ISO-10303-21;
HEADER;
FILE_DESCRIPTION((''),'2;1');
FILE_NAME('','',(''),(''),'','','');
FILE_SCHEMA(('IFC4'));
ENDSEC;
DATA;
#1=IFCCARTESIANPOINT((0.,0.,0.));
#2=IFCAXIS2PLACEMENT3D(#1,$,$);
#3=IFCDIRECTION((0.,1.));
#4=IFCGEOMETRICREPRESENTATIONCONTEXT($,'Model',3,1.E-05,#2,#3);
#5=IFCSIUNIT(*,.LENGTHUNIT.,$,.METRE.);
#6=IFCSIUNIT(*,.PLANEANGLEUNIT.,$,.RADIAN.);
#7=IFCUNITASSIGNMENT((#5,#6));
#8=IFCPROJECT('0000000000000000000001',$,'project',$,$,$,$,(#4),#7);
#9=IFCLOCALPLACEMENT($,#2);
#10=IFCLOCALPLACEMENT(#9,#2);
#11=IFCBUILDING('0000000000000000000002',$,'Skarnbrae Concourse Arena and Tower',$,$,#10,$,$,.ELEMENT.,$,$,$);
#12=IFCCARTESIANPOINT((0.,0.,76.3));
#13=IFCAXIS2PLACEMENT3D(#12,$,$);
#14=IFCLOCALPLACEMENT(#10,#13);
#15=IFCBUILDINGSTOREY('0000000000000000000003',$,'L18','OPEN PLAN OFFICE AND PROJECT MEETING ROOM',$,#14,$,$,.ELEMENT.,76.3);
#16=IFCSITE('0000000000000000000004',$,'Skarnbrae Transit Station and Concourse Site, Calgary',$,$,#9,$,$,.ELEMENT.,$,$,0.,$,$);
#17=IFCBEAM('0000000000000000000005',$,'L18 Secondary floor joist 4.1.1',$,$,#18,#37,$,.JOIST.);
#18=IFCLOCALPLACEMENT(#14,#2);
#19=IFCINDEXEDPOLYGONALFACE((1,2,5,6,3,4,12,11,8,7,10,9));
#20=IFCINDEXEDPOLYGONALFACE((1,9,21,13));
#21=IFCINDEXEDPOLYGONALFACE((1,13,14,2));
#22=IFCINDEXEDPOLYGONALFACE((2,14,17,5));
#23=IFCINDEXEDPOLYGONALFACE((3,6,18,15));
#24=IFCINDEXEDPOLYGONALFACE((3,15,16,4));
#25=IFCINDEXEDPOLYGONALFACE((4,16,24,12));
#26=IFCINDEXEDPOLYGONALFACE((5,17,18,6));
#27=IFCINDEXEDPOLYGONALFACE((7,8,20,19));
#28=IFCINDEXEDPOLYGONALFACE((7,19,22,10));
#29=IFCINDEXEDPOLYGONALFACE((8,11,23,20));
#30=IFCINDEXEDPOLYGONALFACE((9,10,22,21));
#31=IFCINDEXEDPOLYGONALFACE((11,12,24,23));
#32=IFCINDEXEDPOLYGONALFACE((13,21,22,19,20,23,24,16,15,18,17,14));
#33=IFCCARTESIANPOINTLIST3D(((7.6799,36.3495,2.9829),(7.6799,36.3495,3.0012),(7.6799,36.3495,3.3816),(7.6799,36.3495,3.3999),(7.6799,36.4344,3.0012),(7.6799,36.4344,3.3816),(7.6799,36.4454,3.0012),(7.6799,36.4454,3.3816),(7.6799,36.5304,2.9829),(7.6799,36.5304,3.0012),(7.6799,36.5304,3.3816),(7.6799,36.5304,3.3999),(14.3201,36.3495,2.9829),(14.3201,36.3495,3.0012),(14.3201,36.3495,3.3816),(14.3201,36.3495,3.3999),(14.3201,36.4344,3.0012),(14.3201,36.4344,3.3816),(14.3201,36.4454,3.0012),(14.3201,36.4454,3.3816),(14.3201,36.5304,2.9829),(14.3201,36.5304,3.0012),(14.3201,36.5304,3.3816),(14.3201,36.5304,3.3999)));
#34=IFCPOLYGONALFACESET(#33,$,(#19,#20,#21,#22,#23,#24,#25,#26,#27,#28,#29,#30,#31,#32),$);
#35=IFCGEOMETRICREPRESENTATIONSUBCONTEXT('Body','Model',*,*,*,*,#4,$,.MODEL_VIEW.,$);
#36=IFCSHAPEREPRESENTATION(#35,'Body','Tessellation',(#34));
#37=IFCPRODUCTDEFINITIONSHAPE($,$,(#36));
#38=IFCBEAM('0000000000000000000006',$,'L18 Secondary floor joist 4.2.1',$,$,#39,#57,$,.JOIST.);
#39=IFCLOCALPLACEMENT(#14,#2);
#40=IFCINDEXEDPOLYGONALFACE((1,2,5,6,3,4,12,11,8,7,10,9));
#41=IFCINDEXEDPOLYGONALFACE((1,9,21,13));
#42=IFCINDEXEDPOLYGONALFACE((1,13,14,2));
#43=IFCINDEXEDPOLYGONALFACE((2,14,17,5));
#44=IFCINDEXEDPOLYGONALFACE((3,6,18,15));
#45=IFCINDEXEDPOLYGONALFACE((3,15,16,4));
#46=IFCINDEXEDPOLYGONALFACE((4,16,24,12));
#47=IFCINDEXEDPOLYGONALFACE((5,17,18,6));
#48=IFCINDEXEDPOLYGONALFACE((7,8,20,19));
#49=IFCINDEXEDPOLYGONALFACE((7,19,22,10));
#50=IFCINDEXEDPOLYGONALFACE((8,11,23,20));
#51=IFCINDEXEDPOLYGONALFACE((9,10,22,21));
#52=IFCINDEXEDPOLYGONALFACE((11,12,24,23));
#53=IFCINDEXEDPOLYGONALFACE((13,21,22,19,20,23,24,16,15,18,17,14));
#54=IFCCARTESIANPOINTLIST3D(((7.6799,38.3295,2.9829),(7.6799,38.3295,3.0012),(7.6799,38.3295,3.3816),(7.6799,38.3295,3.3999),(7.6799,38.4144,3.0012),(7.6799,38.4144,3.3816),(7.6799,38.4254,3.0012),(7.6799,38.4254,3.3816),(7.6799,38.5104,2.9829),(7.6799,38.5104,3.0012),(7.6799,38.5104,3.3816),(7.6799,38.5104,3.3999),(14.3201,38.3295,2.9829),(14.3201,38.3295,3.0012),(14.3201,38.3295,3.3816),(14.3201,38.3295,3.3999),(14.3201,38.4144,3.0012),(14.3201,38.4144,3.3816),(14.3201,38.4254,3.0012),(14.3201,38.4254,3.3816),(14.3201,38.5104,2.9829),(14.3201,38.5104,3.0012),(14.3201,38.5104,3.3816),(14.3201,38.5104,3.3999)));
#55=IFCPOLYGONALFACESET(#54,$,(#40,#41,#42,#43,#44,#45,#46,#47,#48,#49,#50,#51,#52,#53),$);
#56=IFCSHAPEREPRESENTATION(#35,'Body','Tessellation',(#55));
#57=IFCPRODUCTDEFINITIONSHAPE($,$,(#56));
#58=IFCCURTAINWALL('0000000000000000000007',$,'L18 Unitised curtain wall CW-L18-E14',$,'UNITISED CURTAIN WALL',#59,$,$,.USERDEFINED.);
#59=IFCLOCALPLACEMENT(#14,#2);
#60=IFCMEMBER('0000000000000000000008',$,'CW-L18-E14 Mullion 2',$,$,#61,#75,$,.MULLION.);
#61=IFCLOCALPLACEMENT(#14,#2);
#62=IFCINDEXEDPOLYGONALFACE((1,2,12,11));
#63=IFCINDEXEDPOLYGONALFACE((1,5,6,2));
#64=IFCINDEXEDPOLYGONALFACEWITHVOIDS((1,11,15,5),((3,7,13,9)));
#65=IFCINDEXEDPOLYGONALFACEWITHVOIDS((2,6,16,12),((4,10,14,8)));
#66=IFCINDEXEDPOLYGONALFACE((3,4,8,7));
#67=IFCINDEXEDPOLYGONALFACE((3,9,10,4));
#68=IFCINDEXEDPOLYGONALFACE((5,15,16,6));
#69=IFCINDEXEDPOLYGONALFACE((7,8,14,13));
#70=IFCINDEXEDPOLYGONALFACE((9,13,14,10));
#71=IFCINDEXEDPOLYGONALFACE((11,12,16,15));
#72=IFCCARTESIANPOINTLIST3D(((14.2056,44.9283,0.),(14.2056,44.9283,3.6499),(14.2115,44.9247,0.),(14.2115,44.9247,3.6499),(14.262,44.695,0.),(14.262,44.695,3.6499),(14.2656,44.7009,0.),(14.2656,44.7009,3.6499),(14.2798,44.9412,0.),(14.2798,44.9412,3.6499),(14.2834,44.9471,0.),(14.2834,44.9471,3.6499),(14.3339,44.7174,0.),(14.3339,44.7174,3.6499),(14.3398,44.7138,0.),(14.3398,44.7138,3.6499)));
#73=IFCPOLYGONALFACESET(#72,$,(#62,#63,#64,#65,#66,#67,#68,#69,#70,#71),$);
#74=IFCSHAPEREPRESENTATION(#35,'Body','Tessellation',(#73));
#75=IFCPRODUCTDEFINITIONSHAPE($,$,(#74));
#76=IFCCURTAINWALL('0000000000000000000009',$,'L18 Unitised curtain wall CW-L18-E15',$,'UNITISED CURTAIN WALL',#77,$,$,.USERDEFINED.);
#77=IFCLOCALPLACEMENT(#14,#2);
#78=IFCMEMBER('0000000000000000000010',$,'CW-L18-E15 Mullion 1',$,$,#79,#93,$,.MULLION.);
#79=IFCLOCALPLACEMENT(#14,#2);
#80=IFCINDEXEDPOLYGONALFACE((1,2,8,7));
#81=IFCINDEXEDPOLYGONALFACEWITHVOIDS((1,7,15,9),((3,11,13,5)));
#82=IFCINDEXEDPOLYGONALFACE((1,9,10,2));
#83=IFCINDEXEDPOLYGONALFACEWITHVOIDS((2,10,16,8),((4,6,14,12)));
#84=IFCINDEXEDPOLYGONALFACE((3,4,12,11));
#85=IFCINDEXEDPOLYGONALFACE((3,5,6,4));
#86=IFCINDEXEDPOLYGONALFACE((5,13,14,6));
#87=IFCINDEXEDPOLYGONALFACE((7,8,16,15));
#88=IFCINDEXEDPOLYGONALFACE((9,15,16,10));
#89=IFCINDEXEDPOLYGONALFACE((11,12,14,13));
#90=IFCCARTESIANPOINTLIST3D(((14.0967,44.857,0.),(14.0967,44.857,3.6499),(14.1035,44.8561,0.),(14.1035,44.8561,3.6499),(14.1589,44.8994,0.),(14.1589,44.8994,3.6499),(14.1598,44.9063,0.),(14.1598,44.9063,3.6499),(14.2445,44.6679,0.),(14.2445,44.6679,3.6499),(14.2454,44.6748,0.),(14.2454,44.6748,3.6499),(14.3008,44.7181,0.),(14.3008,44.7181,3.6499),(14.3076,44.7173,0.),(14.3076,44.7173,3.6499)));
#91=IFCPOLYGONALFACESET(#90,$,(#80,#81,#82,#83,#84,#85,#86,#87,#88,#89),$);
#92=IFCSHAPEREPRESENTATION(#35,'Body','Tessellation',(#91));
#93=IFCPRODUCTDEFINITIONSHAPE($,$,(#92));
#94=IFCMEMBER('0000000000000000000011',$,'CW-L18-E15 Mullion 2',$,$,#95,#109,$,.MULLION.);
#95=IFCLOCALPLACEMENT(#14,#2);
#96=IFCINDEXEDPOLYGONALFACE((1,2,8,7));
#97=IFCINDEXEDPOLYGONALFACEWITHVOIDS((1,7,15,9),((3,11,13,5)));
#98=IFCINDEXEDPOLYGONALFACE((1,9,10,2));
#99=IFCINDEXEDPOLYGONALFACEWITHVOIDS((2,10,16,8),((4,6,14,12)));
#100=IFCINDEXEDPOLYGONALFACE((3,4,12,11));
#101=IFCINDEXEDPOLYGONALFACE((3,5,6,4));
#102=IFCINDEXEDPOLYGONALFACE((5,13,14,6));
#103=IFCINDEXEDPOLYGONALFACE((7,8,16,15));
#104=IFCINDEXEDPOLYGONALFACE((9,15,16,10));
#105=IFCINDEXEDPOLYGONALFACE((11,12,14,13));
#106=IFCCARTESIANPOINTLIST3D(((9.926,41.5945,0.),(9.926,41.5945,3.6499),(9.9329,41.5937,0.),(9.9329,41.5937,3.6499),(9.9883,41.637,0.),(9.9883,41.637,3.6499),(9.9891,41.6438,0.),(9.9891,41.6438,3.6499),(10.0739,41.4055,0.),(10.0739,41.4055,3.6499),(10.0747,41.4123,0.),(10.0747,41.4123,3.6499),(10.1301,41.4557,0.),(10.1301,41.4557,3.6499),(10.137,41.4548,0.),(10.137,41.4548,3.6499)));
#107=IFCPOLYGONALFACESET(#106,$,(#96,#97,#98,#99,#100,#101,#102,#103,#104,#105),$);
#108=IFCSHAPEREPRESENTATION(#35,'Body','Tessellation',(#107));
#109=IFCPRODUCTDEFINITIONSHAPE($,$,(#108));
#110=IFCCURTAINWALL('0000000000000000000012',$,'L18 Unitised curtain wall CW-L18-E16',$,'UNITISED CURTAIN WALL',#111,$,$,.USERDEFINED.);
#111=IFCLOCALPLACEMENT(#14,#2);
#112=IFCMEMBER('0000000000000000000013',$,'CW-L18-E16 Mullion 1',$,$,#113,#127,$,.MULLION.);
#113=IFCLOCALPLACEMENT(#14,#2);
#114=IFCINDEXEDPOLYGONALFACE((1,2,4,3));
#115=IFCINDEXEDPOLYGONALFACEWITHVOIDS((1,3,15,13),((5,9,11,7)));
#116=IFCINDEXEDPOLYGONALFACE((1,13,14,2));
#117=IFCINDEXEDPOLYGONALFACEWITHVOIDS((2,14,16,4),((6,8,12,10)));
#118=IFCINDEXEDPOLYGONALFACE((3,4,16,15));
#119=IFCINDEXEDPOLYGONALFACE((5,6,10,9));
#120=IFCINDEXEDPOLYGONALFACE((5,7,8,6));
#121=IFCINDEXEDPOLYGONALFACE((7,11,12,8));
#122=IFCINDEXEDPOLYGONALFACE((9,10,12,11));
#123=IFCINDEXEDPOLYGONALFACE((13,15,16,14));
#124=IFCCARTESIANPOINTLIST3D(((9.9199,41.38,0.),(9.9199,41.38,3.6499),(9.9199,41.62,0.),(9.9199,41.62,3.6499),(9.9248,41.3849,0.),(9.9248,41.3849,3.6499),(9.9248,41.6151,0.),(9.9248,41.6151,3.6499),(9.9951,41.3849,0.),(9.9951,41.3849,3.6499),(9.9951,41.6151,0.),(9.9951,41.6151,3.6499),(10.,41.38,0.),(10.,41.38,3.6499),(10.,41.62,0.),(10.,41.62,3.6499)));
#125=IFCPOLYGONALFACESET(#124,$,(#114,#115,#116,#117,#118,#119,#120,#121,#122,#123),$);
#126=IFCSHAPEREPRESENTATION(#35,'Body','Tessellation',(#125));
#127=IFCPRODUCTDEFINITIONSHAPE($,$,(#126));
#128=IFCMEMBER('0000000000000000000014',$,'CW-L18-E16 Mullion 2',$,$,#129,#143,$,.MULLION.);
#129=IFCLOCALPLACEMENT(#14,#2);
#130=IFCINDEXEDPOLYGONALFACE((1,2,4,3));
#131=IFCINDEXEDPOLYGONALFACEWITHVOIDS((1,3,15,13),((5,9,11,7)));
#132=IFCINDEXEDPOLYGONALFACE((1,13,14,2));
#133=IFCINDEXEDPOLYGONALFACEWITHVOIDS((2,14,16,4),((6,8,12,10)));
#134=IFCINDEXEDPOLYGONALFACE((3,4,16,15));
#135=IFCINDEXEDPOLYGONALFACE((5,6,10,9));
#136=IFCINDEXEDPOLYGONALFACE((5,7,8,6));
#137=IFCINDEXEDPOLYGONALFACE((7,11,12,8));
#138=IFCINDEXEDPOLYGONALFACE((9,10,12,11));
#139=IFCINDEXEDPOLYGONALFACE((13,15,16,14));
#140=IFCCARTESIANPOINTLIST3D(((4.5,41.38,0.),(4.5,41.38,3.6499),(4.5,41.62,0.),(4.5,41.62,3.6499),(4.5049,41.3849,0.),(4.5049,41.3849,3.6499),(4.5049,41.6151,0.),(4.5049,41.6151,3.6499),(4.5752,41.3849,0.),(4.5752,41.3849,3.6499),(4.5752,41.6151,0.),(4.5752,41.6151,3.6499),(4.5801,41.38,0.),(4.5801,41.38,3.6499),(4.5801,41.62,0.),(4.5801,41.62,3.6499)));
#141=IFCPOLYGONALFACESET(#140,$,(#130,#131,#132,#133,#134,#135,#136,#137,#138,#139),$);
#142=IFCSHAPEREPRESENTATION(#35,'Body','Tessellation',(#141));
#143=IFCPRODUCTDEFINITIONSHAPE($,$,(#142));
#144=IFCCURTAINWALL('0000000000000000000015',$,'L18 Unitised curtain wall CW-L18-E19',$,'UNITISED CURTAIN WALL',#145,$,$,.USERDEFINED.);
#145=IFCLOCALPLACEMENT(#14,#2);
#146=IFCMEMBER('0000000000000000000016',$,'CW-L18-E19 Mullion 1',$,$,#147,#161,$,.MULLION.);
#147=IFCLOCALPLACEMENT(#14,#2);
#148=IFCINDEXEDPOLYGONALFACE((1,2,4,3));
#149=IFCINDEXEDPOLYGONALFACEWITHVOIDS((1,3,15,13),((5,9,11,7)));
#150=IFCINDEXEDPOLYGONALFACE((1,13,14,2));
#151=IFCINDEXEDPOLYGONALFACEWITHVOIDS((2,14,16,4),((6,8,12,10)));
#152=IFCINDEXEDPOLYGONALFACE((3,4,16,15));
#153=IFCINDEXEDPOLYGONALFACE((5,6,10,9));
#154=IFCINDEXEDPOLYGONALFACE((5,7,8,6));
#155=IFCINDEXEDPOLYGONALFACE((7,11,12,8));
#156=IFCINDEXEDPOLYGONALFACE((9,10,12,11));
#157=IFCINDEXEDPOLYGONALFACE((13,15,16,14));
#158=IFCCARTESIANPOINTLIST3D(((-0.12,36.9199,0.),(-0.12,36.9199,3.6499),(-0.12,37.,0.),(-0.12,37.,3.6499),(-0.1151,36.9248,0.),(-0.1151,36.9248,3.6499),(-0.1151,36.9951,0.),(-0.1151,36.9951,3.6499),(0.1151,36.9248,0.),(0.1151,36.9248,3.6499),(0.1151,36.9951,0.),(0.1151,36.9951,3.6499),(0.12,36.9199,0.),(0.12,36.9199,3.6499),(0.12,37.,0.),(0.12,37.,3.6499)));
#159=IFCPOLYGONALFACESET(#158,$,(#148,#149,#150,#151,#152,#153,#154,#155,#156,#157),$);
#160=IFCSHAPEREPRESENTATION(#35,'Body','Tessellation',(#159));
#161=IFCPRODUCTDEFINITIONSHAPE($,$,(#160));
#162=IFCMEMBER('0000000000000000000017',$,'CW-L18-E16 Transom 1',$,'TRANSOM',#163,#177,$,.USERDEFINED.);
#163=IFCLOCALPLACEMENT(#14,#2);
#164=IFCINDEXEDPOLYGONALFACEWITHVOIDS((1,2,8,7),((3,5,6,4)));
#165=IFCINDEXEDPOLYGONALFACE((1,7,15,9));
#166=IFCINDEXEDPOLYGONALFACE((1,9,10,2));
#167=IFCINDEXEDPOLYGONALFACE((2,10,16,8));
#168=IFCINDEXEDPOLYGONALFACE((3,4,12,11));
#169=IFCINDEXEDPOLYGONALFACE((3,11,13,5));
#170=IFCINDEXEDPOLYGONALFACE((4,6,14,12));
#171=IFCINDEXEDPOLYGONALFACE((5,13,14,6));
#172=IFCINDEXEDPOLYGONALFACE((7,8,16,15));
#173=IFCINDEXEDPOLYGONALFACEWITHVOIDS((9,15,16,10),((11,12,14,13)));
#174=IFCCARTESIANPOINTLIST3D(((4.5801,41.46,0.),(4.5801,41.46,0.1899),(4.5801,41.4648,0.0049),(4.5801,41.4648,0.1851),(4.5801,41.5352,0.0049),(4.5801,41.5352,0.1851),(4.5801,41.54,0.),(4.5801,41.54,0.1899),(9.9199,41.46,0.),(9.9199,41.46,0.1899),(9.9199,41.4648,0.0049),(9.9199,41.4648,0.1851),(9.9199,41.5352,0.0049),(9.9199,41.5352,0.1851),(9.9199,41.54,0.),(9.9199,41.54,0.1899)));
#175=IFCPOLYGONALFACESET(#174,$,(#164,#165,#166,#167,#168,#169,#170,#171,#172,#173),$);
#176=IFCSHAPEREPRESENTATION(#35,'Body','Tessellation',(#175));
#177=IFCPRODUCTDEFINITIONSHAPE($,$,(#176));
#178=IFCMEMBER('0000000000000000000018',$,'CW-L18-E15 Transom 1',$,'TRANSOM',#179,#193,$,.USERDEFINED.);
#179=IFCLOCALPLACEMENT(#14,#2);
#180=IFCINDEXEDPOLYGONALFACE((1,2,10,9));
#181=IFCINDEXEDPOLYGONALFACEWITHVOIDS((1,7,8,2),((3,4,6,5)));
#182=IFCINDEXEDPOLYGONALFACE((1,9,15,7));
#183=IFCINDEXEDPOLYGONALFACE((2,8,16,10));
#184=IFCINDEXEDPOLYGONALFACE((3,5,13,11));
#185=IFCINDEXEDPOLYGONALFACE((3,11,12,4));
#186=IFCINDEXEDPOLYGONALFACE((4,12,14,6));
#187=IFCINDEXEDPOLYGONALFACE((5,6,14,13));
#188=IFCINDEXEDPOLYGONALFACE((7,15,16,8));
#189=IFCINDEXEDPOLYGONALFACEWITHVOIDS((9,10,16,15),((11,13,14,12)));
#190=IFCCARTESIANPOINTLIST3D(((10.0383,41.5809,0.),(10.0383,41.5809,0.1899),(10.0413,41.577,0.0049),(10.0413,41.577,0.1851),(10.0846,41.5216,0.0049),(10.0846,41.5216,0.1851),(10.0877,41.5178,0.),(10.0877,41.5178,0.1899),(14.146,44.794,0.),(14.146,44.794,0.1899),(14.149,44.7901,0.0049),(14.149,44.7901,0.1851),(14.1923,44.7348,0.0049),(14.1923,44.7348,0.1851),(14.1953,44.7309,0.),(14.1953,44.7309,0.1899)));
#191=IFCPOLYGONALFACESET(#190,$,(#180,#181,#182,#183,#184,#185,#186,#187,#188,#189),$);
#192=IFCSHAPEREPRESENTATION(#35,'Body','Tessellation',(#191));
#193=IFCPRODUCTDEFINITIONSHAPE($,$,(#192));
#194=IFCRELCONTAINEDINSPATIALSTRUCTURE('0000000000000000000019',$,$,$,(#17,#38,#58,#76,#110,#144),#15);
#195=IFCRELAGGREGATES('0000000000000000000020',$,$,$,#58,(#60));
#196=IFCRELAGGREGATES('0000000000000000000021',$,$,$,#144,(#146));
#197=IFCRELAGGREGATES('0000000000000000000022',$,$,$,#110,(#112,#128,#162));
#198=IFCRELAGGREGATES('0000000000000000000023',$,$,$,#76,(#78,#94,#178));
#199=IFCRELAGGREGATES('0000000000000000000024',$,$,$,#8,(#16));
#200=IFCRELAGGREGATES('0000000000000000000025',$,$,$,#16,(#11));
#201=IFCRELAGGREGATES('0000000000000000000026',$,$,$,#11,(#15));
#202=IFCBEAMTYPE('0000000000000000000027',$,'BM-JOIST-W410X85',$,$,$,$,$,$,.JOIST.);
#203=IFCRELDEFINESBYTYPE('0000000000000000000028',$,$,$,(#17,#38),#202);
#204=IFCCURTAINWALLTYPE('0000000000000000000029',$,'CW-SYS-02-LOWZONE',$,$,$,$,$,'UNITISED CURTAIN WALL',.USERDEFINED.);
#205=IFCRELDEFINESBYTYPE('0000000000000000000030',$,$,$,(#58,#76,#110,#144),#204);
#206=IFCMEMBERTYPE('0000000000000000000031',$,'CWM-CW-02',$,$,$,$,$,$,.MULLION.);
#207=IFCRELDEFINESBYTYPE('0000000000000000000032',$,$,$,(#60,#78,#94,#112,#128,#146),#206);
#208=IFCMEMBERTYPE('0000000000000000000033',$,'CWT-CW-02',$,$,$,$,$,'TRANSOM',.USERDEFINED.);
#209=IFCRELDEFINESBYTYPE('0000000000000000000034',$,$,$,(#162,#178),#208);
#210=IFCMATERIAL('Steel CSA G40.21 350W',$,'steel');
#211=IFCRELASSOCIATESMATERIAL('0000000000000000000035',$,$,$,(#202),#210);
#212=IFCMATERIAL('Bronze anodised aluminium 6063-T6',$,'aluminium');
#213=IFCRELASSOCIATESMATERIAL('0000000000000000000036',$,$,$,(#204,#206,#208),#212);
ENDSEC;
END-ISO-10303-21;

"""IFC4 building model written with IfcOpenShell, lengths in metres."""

from ifc_helpers import new_model, si_unit, direction, frame, origin, origin_2d, place, context, subcontext, project, spatial, hollow_rectangle, i_section, extrude, source, transform, mapped, material, material_profile, profile_set, type_object, element, aggregate, save


model = new_model("IFC4")

# Units and contexts
model_context = context("Model", 3, precision=1e-05, world=origin(), true_north=direction((0.0, 1.0)))
body_context = subcontext(model_context, "Body", "Model", "MODEL_VIEW")
ifc_project = project(units=[si_unit("LENGTHUNIT", "METRE"), si_unit("PLANEANGLEUNIT", "RADIAN")], contexts=[model_context])

# Site, building, storey
site_placement = place(None, origin())
site = spatial("IfcSite", under=ifc_project, at=site_placement, Name="Skarnbrae Transit Station and Concourse Site, Calgary", CompositionType="ELEMENT", RefElevation=0.0)
building_placement = place(site_placement, origin())
building = spatial("IfcBuilding", under=site, at=building_placement, Name="Skarnbrae Concourse Arena and Tower", CompositionType="ELEMENT")
storey_placement = place(building_placement, frame((0.0, 0.0, 76.3)))
storey = spatial("IfcBuildingStorey", under=building, at=storey_placement, Name="L18", Description="OPEN PLAN OFFICE AND PROJECT MEETING ROOM", CompositionType="ELEMENT", Elevation=76.3)

# Shared definitions
ifc_material_1 = material(Name="Steel CSA G40.21 350W", Category="steel")

# Beams
ifc_material_profile_1 = material_profile(ifc_material_1, i_section(OverallWidth=0.1809, OverallDepth=0.417, WebThickness=0.011, FlangeThickness=0.0183, at=origin_2d()), Name="W410X85")
ifc_profile_set_1 = profile_set([ifc_material_profile_1], Name="Steel CSA G40.21 350W")
beam_type_1 = type_object("IfcBeamType", Name="BM-JOIST-W410X85", PredefinedType="JOIST", material=ifc_profile_set_1)
shared_shape_1 = source(origin(), body_context, "Body", "SweptSolid", [
    extrude(i_section(OverallWidth=0.1809, OverallDepth=0.417, WebThickness=0.011, FlangeThickness=0.0183, at=origin_2d()), origin(), (0.0, 0.0, 1.0), 6.6401),
])
for number, where, z_axis, x_axis, name in (
    (1, (7.6799, 36.4399, 3.1914), (1.0, 0.0, 0.0), (0.0, 1.0, 0.0), "L18 Secondary floor joist 4.1.1"),
    (2, (7.6799, 38.4199, 3.1914), (1.0, 0.0, 0.0), (0.0, 1.0, 0.0), "L18 Secondary floor joist 4.2.1"),
):
    element("IfcBeam", number, at=place(storey_placement, frame(where, z_axis=z_axis, x_axis=x_axis)), inside=storey, type_object=beam_type_1, Name=name, PredefinedType="JOIST", context=body_context, shape_type="MappedRepresentation", body=[
        mapped(shared_shape_1, transform((0.0, 0.0, 0.0))),
    ])

# Curtain wall, member
ifc_material_2 = material(Name="Bronze anodised aluminium 6063-T6", Category="aluminium")
curtain_wall_type = type_object("IfcCurtainWallType", Name="CW-SYS-02-LOWZONE", ElementType="UNITISED CURTAIN WALL", PredefinedType="USERDEFINED", material=ifc_material_2)
curtain_wall_1_placement = place(storey_placement, origin())
curtain_wall_1 = element("IfcCurtainWall", 3, at=curtain_wall_1_placement, inside=storey, type_object=curtain_wall_type, Name="L18 Unitised curtain wall CW-L18-E14", ObjectType="UNITISED CURTAIN WALL", PredefinedType="USERDEFINED")
ifc_material_profile_2 = material_profile(ifc_material_2, hollow_rectangle(XDim=0.0801, YDim=0.24, WallThickness=0.0049, at=origin_2d()), Name="ALU-MULL-80X240")
ifc_profile_set_2 = profile_set([ifc_material_profile_2], Name="Bronze anodised aluminium 6063-T6")
member_type_1 = type_object("IfcMemberType", Name="CWM-CW-02", PredefinedType="MULLION", material=ifc_profile_set_2)
shared_shape_2 = source(origin(), body_context, "Body", "SweptSolid", [
    extrude(hollow_rectangle(XDim=0.0801, YDim=0.24, WallThickness=0.0049, at=origin_2d()), origin(), (0.0, 0.0, 1.0), 3.6499),
])
member_1_placement = place(storey_placement, frame((14.2727, 44.821, 0.0), z_axis=(0.0, 0.0, 1.0), x_axis=(-0.971974, -0.23509, 0.0)))
member_1 = element("IfcMember", 4, at=member_1_placement, type_object=member_type_1, Name="CW-L18-E14 Mullion 2", PredefinedType="MULLION", context=body_context, shape_type="MappedRepresentation", body=[
    mapped(shared_shape_2, transform((0.0, 0.0, 0.0))),
])
aggregate(curtain_wall_1, [member_1])

# Curtain walls, members
curtain_wall_2_placement = place(storey_placement, origin())
curtain_wall_2 = element("IfcCurtainWall", 5, at=curtain_wall_2_placement, inside=storey, type_object=curtain_wall_type, Name="L18 Unitised curtain wall CW-L18-E15", ObjectType="UNITISED CURTAIN WALL", PredefinedType="USERDEFINED")
member_2_placement = place(storey_placement, frame((14.2021, 44.7871, 0.0), z_axis=(0.0, 0.0, 1.0), x_axis=(-0.787652, -0.616121, 0.0)))
member_2 = element("IfcMember", 6, at=member_2_placement, type_object=member_type_1, Name="CW-L18-E15 Mullion 1", PredefinedType="MULLION", context=body_context, shape_type="MappedRepresentation", body=[
    mapped(shared_shape_2, transform((0.0, 0.0, 0.0))),
])
member_3_placement = place(storey_placement, frame((10.0315, 41.5247, 0.0), z_axis=(0.0, 0.0, 1.0), x_axis=(-0.787652, -0.616121, 0.0)))
member_3 = element("IfcMember", 7, at=member_3_placement, type_object=member_type_1, Name="CW-L18-E15 Mullion 2", PredefinedType="MULLION", context=body_context, shape_type="MappedRepresentation", body=[
    mapped(shared_shape_2, transform((0.0, 0.0, 0.0))),
])
curtain_wall_3_placement = place(storey_placement, origin())
curtain_wall_3 = element("IfcCurtainWall", 8, at=curtain_wall_3_placement, inside=storey, type_object=curtain_wall_type, Name="L18 Unitised curtain wall CW-L18-E16", ObjectType="UNITISED CURTAIN WALL", PredefinedType="USERDEFINED")
member_4_placement = place(storey_placement, frame((9.96, 41.5, 0.0), z_axis=(0.0, 0.0, 1.0), x_axis=(-1.0, 0.0, 0.0)))
member_4 = element("IfcMember", 9, at=member_4_placement, type_object=member_type_1, Name="CW-L18-E16 Mullion 1", PredefinedType="MULLION", context=body_context, shape_type="MappedRepresentation", body=[
    mapped(shared_shape_2, transform((0.0, 0.0, 0.0))),
])
member_5_placement = place(storey_placement, frame((4.54, 41.5, 0.0), z_axis=(0.0, 0.0, 1.0), x_axis=(-1.0, 0.0, 0.0)))
member_5 = element("IfcMember", 10, at=member_5_placement, type_object=member_type_1, Name="CW-L18-E16 Mullion 2", PredefinedType="MULLION", context=body_context, shape_type="MappedRepresentation", body=[
    mapped(shared_shape_2, transform((0.0, 0.0, 0.0))),
])

# Curtain wall, member
curtain_wall_4_placement = place(storey_placement, origin())
curtain_wall_4 = element("IfcCurtainWall", 11, at=curtain_wall_4_placement, inside=storey, type_object=curtain_wall_type, Name="L18 Unitised curtain wall CW-L18-E19", ObjectType="UNITISED CURTAIN WALL", PredefinedType="USERDEFINED")
member_6_placement = place(storey_placement, frame((0.0, 36.96, 0.0), z_axis=(0.0, 0.0, 1.0), x_axis=(0.0, -1.0, 0.0)))
member_6 = element("IfcMember", 12, at=member_6_placement, type_object=member_type_1, Name="CW-L18-E19 Mullion 1", PredefinedType="MULLION", context=body_context, shape_type="MappedRepresentation", body=[
    mapped(shared_shape_2, transform((0.0, 0.0, 0.0))),
])

# Members
ifc_material_profile_3 = material_profile(ifc_material_2, hollow_rectangle(XDim=0.0801, YDim=0.1899, WallThickness=0.0049, at=origin_2d()), Name="ALU-TRAN-80X190")
ifc_profile_set_3 = profile_set([ifc_material_profile_3], Name="Bronze anodised aluminium 6063-T6")
member_type_2 = type_object("IfcMemberType", Name="CWT-CW-02", ElementType="TRANSOM", PredefinedType="USERDEFINED", material=ifc_profile_set_3)
shared_shape_3 = source(origin(), body_context, "Body", "SweptSolid", [
    extrude(hollow_rectangle(XDim=0.0801, YDim=0.1899, WallThickness=0.0049, at=origin_2d()), origin(), (0.0, 0.0, 1.0), 5.3398),
])
member_7_placement = place(storey_placement, frame((9.9199, 41.5, 0.095), z_axis=(-1.0, 0.0, 0.0), x_axis=(0.0, -1.0, 0.0)))
member_7 = element("IfcMember", 13, at=member_7_placement, type_object=member_type_2, Name="CW-L18-E16 Transom 1", ObjectType="TRANSOM", PredefinedType="USERDEFINED", context=body_context, shape_type="MappedRepresentation", body=[
    mapped(shared_shape_3, transform((0.0, 0.0, 0.0))),
])
shared_shape_4 = source(origin(), body_context, "Body", "SweptSolid", [
    extrude(hollow_rectangle(XDim=0.0801, YDim=0.1899, WallThickness=0.0049, at=origin_2d()), origin(), (0.0, 0.0, 1.0), 5.2151),
])
member_8_placement = place(storey_placement, frame((14.1707, 44.7625, 0.095), z_axis=(-0.78765, -0.616123, 0.0), x_axis=(0.616123, -0.78765, 0.0)))
member_8 = element("IfcMember", 14, at=member_8_placement, type_object=member_type_2, Name="CW-L18-E15 Transom 1", ObjectType="TRANSOM", PredefinedType="USERDEFINED", context=body_context, shape_type="MappedRepresentation", body=[
    mapped(shared_shape_4, transform((0.0, 0.0, 0.0))),
])
aggregate(curtain_wall_4, [member_6])

aggregate(curtain_wall_3, [member_4, member_5, member_7])
aggregate(curtain_wall_2, [member_2, member_3, member_8])

save(model, "model.ifc")
